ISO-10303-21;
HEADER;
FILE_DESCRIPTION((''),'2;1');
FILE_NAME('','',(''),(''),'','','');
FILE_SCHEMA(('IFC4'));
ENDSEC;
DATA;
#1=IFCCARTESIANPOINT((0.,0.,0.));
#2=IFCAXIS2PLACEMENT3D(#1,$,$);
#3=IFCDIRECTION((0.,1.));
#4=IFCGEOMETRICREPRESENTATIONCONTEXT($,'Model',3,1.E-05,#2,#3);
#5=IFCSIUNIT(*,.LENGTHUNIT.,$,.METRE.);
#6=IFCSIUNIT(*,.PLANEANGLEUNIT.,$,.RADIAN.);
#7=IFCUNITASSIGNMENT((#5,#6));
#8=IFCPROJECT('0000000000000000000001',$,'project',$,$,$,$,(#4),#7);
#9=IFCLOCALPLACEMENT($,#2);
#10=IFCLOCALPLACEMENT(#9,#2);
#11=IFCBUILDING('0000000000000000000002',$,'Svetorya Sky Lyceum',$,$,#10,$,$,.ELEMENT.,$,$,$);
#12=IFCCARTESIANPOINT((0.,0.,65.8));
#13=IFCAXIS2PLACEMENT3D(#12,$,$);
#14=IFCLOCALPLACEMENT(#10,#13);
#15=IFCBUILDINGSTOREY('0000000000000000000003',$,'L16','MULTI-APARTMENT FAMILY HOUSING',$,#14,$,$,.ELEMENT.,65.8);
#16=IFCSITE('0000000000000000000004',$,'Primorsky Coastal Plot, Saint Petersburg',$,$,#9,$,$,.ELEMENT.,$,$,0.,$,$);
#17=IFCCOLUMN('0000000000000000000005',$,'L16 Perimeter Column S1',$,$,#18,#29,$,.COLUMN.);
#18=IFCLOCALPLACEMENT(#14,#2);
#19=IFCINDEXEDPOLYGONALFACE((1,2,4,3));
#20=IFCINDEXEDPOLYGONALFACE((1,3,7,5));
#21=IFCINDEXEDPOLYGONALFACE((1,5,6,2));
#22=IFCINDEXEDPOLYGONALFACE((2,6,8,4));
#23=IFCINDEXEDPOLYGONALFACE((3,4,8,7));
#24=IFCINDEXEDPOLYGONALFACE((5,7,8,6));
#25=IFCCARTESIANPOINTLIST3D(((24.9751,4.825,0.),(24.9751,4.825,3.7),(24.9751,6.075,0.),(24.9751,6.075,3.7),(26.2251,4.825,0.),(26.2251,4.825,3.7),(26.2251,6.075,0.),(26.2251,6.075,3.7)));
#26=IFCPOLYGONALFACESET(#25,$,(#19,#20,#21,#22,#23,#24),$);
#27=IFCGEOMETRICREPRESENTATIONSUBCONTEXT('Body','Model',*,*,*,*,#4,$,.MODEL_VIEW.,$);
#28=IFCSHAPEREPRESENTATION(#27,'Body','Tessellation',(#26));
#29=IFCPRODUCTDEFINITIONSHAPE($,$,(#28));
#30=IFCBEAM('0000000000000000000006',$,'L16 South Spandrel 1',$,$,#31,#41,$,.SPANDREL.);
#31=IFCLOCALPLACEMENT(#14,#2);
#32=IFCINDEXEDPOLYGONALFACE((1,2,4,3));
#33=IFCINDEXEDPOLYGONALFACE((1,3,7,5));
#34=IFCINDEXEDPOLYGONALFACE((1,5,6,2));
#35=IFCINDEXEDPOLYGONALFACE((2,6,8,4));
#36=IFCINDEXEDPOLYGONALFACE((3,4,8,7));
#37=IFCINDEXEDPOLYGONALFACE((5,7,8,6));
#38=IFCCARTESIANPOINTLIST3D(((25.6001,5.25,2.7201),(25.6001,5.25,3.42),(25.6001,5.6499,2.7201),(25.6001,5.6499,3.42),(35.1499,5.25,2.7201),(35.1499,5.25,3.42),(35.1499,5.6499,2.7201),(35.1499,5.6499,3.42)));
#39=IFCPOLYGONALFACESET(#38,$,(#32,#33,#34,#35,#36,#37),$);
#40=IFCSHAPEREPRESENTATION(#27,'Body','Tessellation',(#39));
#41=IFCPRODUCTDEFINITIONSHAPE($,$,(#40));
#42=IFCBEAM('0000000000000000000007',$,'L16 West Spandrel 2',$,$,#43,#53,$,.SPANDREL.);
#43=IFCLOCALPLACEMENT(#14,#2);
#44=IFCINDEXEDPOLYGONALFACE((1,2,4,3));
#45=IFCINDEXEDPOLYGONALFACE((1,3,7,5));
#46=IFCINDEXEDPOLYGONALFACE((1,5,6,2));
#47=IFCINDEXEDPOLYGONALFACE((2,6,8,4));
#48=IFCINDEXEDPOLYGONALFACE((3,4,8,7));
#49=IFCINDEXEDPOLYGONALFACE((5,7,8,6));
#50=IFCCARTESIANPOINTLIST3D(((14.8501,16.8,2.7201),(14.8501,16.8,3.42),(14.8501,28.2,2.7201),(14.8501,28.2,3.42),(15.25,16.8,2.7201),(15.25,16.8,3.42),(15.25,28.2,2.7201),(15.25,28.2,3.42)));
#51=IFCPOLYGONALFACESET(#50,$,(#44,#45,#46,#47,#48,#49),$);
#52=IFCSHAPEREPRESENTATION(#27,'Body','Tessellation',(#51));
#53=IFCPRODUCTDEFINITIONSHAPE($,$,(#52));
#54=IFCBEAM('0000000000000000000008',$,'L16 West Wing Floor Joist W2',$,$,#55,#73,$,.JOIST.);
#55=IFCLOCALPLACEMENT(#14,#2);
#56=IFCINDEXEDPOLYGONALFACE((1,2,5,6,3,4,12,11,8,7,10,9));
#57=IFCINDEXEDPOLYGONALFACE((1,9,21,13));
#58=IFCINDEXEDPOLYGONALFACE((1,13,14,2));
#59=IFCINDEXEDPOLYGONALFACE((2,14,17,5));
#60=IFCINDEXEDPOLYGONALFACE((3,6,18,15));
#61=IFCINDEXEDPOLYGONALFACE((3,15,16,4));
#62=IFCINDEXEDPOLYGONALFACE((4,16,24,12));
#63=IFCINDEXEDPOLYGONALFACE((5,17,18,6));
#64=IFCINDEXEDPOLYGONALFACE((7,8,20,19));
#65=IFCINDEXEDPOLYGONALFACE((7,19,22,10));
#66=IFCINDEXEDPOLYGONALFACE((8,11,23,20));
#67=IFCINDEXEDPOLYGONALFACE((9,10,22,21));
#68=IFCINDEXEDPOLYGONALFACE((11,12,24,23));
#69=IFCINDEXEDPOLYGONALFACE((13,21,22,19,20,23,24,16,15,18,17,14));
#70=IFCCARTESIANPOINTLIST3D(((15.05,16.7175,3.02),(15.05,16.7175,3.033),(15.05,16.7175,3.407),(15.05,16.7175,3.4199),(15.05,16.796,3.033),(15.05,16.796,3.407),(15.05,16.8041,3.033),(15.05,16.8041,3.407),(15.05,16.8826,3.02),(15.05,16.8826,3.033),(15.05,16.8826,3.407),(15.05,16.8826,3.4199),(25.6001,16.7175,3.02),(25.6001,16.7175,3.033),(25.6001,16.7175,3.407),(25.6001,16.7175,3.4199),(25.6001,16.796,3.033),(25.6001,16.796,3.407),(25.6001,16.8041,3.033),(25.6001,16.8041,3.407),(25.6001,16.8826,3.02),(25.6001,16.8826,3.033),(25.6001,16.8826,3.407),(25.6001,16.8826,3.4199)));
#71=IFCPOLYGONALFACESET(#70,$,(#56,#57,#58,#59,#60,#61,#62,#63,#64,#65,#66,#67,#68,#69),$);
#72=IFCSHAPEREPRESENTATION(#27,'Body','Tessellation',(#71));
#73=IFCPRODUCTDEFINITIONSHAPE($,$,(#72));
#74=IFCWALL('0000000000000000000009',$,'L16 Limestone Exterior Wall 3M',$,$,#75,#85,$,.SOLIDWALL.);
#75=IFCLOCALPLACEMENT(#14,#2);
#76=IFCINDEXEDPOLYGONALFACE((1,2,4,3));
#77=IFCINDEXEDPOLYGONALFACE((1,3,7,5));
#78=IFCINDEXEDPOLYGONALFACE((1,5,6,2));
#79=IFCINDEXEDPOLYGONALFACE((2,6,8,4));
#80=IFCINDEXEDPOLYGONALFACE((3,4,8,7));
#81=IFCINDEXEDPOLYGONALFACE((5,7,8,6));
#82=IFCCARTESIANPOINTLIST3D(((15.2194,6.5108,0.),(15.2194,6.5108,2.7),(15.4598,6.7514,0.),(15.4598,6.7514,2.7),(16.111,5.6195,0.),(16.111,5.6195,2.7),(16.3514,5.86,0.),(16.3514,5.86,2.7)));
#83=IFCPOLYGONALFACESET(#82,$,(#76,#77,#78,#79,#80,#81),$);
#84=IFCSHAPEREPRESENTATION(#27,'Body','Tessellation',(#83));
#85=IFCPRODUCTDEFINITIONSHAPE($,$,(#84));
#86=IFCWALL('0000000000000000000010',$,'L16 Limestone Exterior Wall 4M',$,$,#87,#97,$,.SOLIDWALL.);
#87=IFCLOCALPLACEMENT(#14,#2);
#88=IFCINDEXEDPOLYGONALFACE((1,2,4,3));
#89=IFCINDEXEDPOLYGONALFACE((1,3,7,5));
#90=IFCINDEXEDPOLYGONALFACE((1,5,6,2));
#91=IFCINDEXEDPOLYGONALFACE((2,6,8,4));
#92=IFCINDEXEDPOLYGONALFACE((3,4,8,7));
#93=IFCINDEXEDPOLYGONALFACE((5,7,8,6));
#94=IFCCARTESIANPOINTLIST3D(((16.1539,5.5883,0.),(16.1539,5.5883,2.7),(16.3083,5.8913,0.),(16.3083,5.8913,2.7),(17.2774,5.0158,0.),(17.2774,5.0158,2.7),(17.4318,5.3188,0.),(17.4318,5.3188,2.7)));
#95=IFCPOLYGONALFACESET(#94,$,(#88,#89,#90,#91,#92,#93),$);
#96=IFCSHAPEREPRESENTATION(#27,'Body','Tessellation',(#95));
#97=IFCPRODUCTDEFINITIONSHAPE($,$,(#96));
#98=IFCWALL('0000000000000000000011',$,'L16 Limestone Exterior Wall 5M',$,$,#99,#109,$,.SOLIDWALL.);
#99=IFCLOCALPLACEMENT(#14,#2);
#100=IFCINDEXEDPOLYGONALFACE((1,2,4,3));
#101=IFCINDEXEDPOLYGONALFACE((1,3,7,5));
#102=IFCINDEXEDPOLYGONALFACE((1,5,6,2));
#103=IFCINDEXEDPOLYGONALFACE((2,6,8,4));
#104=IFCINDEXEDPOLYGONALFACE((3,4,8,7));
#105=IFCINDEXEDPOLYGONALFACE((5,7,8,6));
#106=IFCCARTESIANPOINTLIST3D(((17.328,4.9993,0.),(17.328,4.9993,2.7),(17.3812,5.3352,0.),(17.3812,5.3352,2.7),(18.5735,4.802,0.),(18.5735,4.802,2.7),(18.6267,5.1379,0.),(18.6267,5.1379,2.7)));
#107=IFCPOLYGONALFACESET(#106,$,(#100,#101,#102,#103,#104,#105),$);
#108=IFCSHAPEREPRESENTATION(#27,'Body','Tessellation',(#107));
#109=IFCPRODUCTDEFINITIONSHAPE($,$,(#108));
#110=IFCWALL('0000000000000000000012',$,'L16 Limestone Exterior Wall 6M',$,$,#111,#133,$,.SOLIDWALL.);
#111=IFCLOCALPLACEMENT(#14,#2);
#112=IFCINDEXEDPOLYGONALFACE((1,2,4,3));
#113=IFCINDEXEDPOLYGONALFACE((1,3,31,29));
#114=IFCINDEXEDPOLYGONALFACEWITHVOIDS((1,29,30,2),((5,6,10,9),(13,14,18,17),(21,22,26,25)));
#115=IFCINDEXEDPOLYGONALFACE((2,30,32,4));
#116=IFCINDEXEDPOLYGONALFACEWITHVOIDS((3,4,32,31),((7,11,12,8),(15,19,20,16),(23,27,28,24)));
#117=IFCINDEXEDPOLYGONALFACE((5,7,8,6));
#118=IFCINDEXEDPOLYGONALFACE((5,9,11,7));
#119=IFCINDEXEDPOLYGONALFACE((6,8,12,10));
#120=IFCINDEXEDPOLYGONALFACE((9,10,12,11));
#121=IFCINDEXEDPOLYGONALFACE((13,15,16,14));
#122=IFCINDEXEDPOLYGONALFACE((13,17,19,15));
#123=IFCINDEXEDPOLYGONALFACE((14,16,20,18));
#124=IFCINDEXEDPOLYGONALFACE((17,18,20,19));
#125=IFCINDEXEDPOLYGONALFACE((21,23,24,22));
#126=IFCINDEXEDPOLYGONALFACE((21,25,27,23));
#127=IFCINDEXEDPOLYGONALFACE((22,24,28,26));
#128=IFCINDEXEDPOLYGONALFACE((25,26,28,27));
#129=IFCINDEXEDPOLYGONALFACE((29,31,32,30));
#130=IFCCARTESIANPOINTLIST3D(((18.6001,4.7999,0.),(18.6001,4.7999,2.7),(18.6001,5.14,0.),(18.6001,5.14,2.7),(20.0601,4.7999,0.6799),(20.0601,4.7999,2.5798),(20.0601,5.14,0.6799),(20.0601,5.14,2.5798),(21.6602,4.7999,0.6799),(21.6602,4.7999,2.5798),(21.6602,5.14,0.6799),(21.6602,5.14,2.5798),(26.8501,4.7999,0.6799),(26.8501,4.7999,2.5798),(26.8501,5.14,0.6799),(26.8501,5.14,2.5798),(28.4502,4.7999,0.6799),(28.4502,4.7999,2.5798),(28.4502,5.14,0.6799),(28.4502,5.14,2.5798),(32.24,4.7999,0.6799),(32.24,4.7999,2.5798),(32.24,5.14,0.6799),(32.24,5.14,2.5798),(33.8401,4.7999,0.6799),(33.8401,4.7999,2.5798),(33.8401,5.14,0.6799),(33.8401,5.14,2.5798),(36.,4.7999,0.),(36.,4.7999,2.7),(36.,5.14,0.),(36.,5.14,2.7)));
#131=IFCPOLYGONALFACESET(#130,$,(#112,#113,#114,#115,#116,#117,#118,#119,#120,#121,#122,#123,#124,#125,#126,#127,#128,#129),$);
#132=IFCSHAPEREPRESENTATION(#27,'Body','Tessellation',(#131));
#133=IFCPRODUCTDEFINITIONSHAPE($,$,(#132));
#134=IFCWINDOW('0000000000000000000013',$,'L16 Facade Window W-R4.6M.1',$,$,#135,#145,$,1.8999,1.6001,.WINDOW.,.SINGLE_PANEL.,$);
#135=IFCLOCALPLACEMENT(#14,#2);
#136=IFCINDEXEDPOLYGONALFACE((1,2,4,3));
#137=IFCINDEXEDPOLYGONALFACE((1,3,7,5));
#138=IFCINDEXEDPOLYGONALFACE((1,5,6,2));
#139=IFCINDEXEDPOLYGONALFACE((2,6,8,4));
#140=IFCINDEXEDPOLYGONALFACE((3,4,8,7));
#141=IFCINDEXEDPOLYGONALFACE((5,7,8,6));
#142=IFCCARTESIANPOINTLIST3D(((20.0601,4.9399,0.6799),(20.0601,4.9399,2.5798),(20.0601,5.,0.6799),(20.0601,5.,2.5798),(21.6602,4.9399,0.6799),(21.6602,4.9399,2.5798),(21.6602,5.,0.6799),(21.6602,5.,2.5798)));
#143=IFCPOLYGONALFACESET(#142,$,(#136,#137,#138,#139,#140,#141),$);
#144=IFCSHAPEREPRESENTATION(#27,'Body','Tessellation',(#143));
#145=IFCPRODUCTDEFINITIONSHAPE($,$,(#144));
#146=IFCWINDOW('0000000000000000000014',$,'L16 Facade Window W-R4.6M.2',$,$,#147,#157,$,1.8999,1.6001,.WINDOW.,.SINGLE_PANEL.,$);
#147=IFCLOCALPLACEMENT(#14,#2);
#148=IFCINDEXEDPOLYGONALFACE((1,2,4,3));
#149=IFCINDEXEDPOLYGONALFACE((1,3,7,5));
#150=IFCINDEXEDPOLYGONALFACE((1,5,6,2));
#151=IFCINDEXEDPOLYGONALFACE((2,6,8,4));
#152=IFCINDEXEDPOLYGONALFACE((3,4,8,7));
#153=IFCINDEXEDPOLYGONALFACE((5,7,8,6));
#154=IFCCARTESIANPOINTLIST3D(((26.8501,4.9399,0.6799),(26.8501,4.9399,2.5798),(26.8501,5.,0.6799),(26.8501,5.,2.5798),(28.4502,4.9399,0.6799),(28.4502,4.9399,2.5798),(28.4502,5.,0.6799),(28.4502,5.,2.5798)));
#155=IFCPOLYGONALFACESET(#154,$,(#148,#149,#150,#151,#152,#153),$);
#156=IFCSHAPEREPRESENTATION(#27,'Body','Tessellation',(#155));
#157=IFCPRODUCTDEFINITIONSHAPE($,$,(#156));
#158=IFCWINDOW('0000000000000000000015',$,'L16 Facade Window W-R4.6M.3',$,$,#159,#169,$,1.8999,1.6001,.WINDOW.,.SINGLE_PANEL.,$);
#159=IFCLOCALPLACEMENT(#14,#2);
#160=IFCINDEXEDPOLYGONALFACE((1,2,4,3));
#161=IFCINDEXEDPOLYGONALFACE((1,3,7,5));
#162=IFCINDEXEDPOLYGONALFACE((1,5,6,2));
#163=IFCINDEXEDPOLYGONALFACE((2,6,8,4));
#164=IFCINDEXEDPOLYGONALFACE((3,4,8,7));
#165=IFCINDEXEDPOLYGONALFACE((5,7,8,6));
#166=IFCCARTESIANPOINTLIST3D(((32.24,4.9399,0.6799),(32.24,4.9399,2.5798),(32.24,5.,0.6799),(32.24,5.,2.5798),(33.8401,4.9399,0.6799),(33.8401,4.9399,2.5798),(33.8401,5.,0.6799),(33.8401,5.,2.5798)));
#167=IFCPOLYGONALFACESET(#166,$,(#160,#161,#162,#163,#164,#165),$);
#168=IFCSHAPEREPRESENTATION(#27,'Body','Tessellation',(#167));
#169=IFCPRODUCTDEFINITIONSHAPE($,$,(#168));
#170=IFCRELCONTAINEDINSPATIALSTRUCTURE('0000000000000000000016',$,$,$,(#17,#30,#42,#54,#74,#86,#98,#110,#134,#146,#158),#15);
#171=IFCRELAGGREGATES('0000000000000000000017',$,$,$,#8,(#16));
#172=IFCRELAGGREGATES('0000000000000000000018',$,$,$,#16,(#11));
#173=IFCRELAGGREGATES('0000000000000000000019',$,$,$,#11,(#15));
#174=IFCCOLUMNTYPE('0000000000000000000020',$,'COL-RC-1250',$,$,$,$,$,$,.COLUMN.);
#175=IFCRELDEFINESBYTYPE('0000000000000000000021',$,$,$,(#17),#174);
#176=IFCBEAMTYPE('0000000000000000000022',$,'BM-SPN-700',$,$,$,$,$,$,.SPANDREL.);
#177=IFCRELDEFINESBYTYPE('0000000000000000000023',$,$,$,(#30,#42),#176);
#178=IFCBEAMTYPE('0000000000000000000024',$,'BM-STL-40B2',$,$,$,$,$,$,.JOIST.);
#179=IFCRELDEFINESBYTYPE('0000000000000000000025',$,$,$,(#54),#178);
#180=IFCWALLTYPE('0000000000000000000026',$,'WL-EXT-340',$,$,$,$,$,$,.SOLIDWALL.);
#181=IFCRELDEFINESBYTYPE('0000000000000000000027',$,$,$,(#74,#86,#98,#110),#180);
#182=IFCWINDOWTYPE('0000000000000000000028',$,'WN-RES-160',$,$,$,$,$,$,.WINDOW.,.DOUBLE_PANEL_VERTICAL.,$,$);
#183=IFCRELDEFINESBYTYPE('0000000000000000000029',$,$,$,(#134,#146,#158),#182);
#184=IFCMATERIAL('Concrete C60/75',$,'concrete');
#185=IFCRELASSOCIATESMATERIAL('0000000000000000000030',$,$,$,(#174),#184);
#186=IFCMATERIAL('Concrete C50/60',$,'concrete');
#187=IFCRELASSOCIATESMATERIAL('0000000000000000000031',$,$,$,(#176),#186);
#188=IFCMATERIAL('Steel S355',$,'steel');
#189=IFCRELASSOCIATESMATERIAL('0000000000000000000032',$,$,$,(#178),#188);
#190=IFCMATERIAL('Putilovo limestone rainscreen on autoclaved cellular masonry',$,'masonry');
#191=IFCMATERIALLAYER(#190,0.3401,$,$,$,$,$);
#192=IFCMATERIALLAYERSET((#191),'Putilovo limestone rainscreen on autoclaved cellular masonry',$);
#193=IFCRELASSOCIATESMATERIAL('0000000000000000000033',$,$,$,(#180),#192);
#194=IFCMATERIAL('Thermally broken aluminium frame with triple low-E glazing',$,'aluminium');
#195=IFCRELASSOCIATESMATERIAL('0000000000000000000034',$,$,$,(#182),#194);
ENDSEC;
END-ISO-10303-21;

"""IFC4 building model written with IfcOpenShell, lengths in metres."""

from ifc_helpers import new_model, si_unit, direction, frame, frame_2d, origin, origin_2d, place, context, subcontext, project, spatial, rectangle, i_section, extrude, material, layer, layer_set, material_profile, profile_set, type_object, element, fill, save


model = new_model("IFC4")

# Units and contexts
model_context = context("Model", 3, precision=1e-05, world=origin(), true_north=direction((0.0, 1.0)))
body_context = subcontext(model_context, "Body", "Model", "MODEL_VIEW")
ifc_project = project(units=[si_unit("LENGTHUNIT", "METRE"), si_unit("PLANEANGLEUNIT", "RADIAN")], contexts=[model_context])

# Site, building, storey
site_placement = place(None, origin())
site = spatial("IfcSite", under=ifc_project, at=site_placement, Name="Primorsky Coastal Plot, Saint Petersburg", CompositionType="ELEMENT", RefElevation=0.0)
building_placement = place(site_placement, origin())
building = spatial("IfcBuilding", under=site, at=building_placement, Name="Svetorya Sky Lyceum", CompositionType="ELEMENT")
storey_placement = place(building_placement, frame((0.0, 0.0, 65.8)))
storey = spatial("IfcBuildingStorey", under=building, at=storey_placement, Name="L16", Description="MULTI-APARTMENT FAMILY HOUSING", CompositionType="ELEMENT", Elevation=65.8)

# Column
ifc_material_1 = material(Name="Concrete C60/75", Category="concrete")
ifc_material_profile_1 = material_profile(ifc_material_1, rectangle(XDim=1.25, YDim=1.25, at=origin_2d()), Name="RC COL 1250x1250")
ifc_profile_set_1 = profile_set([ifc_material_profile_1], Name="Concrete C60/75")
column_type = type_object("IfcColumnType", Name="COL-RC-1250", PredefinedType="COLUMN", material=ifc_profile_set_1)
column_placement = place(storey_placement, frame((25.6001, 5.45, 0.0), z_axis=(0.0, 0.0, 1.0), x_axis=(1.0, 0.0, 0.0)))
element("IfcColumn", 1, at=column_placement, inside=storey, type_object=column_type, Name="L16 Perimeter Column S1", PredefinedType="COLUMN", context=body_context, shape_type="SweptSolid", body=[
    extrude(rectangle(XDim=1.25, YDim=1.25, at=origin_2d()), origin(), (0.0, 0.0, 1.0), 3.7),
])

# Beams
ifc_material_2 = material(Name="Concrete C50/60", Category="concrete")
ifc_material_profile_2 = material_profile(ifc_material_2, rectangle(XDim=0.3999, YDim=0.7, at=origin_2d()), Name="RC SPANDREL 400x700")
ifc_profile_set_2 = profile_set([ifc_material_profile_2], Name="Concrete C50/60")
beam_type_1 = type_object("IfcBeamType", Name="BM-SPN-700", PredefinedType="SPANDREL", material=ifc_profile_set_2)
beam_1_placement = place(storey_placement, frame((25.6001, 5.45, 3.0701), z_axis=(1.0, 0.0, 0.0), x_axis=(0.0, 1.0, 0.0)))
element("IfcBeam", 2, at=beam_1_placement, inside=storey, type_object=beam_type_1, Name="L16 South Spandrel 1", PredefinedType="SPANDREL", context=body_context, shape_type="SweptSolid", body=[
    extrude(rectangle(XDim=0.3999, YDim=0.7, at=origin_2d()), origin(), (0.0, 0.0, 1.0), 9.5498),
])
beam_2_placement = place(storey_placement, frame((15.05, 16.8, 3.0701), z_axis=(0.0, 1.0, 0.0), x_axis=(-1.0, 0.0, 0.0)))
element("IfcBeam", 3, at=beam_2_placement, inside=storey, type_object=beam_type_1, Name="L16 West Spandrel 2", PredefinedType="SPANDREL", context=body_context, shape_type="SweptSolid", body=[
    extrude(rectangle(XDim=0.3999, YDim=0.7, at=origin_2d()), origin(), (0.0, 0.0, 1.0), 11.3999),
])
ifc_material_3 = material(Name="Steel S355", Category="steel")
ifc_material_profile_3 = material_profile(ifc_material_3, i_section(OverallWidth=0.165, OverallDepth=0.3999, WebThickness=0.0081, FlangeThickness=0.0129, at=origin_2d()), Name="GOST 40B2")
ifc_profile_set_3 = profile_set([ifc_material_profile_3], Name="Steel S355")
beam_type_2 = type_object("IfcBeamType", Name="BM-STL-40B2", PredefinedType="JOIST", material=ifc_profile_set_3)
beam_3_placement = place(storey_placement, frame((15.05, 16.8, 3.22), z_axis=(1.0, 0.0, 0.0), x_axis=(0.0, 1.0, 0.0)))
element("IfcBeam", 4, at=beam_3_placement, inside=storey, type_object=beam_type_2, Name="L16 West Wing Floor Joist W2", PredefinedType="JOIST", context=body_context, shape_type="SweptSolid", body=[
    extrude(i_section(OverallWidth=0.165, OverallDepth=0.3999, WebThickness=0.0081, FlangeThickness=0.0129, at=origin_2d()), origin(), (0.0, 0.0, 1.0), 10.55),
])

# Walls
ifc_material_4 = material(Name="Putilovo limestone rainscreen on autoclaved cellular masonry", Category="masonry")
ifc_layer_1 = layer(ifc_material_4, 0.3401)
ifc_layer_set_1 = layer_set([ifc_layer_1], Name="Putilovo limestone rainscreen on autoclaved cellular masonry")
wall_type_1 = type_object("IfcWallType", Name="WL-EXT-340", PredefinedType="SOLIDWALL", material=ifc_layer_set_1)
wall_1_placement = place(storey_placement, frame((15.3396, 6.6311, 0.0), z_axis=(0.0, 0.0, 1.0), x_axis=(0.707204, -0.70701, 0.0)))
element("IfcWall", 5, at=wall_1_placement, inside=storey, type_object=wall_type_1, Name="L16 Limestone Exterior Wall 3M", PredefinedType="SOLIDWALL", context=body_context, shape_type="SweptSolid", body=[
    extrude(rectangle(XDim=1.2607, YDim=0.3401, at=frame_2d((0.6304, 0.0))), origin(), (0.0, 0.0, 1.0), 2.7),
])
for number, where, z_axis, x_axis, name in (
    (6, (16.2312, 5.7397, 0.0), (0.0, 0.0, 1.0), (0.890994, -0.454016, 0.0), "L16 Limestone Exterior Wall 4M"),
    (7, (17.3547, 5.1672, 0.0), (0.0, 0.0, 1.0), (0.987686, -0.15645, 0.0), "L16 Limestone Exterior Wall 5M"),
):
    element("IfcWall", number, at=place(storey_placement, frame(where, z_axis=z_axis, x_axis=x_axis)), inside=storey, type_object=wall_type_1, Name=name, PredefinedType="SOLIDWALL", context=body_context, shape_type="SweptSolid", body=[
        extrude(rectangle(XDim=1.261, YDim=0.3401, at=frame_2d((0.6304, 0.0))), origin(), (0.0, 0.0, 1.0), 2.7),
    ])

# Wall, openings, windows
wall_2_placement = place(storey_placement, frame((18.6001, 4.97, 0.0), z_axis=(0.0, 0.0, 1.0), x_axis=(1.0, 0.0, 0.0)))
wall_2 = element("IfcWall", 8, at=wall_2_placement, inside=storey, type_object=wall_type_1, Name="L16 Limestone Exterior Wall 6M", PredefinedType="SOLIDWALL", context=body_context, shape_type="SweptSolid", body=[
    extrude(rectangle(XDim=17.3999, YDim=0.3401, at=frame_2d((8.7, 0.0))), origin(), (0.0, 0.0, 1.0), 2.7),
])
opening_1_placement = place(wall_2_placement, frame((1.46, 0.0, 0.6799)))
opening_1 = element("IfcOpeningElement", 9, at=opening_1_placement, cuts=wall_2, PredefinedType="OPENING", context=body_context, shape_type="SweptSolid", body=[
    extrude(rectangle(XDim=1.6001, YDim=1.8999, at=frame_2d((0.8, 0.95))), frame((0.0, 0.1799, 0.0), z_axis=(0.0, -1.0, 0.0), x_axis=(1.0, 0.0, 0.0)), (0.0, 0.0, 1.0), 0.3601),
])
opening_2_placement = place(wall_2_placement, frame((8.25, 0.0, 0.6799)))
opening_2 = element("IfcOpeningElement", 10, at=opening_2_placement, cuts=wall_2, PredefinedType="OPENING", context=body_context, shape_type="SweptSolid", body=[
    extrude(rectangle(XDim=1.6001, YDim=1.8999, at=frame_2d((0.8, 0.95))), frame((0.0, 0.1799, 0.0), z_axis=(0.0, -1.0, 0.0), x_axis=(1.0, 0.0, 0.0)), (0.0, 0.0, 1.0), 0.3601),
])
opening_3_placement = place(wall_2_placement, frame((13.6399, 0.0, 0.6799)))
opening_3 = element("IfcOpeningElement", 11, at=opening_3_placement, cuts=wall_2, PredefinedType="OPENING", context=body_context, shape_type="SweptSolid", body=[
    extrude(rectangle(XDim=1.6001, YDim=1.8999, at=frame_2d((0.8, 0.95))), frame((0.0, 0.1799, 0.0), z_axis=(0.0, -1.0, 0.0), x_axis=(1.0, 0.0, 0.0)), (0.0, 0.0, 1.0), 0.3601),
])
ifc_material_5 = material(Name="Thermally broken aluminium frame with triple low-E glazing", Category="aluminium")
window_type = type_object("IfcWindowType", Name="WN-RES-160", PartitioningType="DOUBLE_PANEL_VERTICAL", PredefinedType="WINDOW", material=ifc_material_5)
window_1_placement = place(opening_1_placement, origin())
window_1 = element("IfcWindow", 12, at=window_1_placement, inside=storey, type_object=window_type, Name="L16 Facade Window W-R4.6M.1", OverallHeight=1.8999, OverallWidth=1.6001, PartitioningType="SINGLE_PANEL", PredefinedType="WINDOW", context=body_context, shape_type="SweptSolid", body=[
    extrude(rectangle(XDim=1.6001, YDim=1.8999, at=frame_2d((0.8, 0.95))), frame((0.0, 0.03, 0.0), z_axis=(0.0, -1.0, 0.0), x_axis=(1.0, 0.0, 0.0)), (0.0, 0.0, 1.0), 0.0601),
])
fill(opening_1, window_1)
window_2_placement = place(opening_2_placement, origin())
window_2 = element("IfcWindow", 13, at=window_2_placement, inside=storey, type_object=window_type, Name="L16 Facade Window W-R4.6M.2", OverallHeight=1.8999, OverallWidth=1.6001, PartitioningType="SINGLE_PANEL", PredefinedType="WINDOW", context=body_context, shape_type="SweptSolid", body=[
    extrude(rectangle(XDim=1.6001, YDim=1.8999, at=frame_2d((0.8, 0.95))), frame((0.0, 0.03, 0.0), z_axis=(0.0, -1.0, 0.0), x_axis=(1.0, 0.0, 0.0)), (0.0, 0.0, 1.0), 0.0601),
])
fill(opening_2, window_2)
window_3_placement = place(opening_3_placement, origin())
window_3 = element("IfcWindow", 14, at=window_3_placement, inside=storey, type_object=window_type, Name="L16 Facade Window W-R4.6M.3", OverallHeight=1.8999, OverallWidth=1.6001, PartitioningType="SINGLE_PANEL", PredefinedType="WINDOW", context=body_context, shape_type="SweptSolid", body=[
    extrude(rectangle(XDim=1.6001, YDim=1.8999, at=frame_2d((0.8, 0.95))), frame((0.0, 0.03, 0.0), z_axis=(0.0, -1.0, 0.0), x_axis=(1.0, 0.0, 0.0)), (0.0, 0.0, 1.0), 0.0601),
])
fill(opening_3, window_3)

save(model, "model.ifc")
